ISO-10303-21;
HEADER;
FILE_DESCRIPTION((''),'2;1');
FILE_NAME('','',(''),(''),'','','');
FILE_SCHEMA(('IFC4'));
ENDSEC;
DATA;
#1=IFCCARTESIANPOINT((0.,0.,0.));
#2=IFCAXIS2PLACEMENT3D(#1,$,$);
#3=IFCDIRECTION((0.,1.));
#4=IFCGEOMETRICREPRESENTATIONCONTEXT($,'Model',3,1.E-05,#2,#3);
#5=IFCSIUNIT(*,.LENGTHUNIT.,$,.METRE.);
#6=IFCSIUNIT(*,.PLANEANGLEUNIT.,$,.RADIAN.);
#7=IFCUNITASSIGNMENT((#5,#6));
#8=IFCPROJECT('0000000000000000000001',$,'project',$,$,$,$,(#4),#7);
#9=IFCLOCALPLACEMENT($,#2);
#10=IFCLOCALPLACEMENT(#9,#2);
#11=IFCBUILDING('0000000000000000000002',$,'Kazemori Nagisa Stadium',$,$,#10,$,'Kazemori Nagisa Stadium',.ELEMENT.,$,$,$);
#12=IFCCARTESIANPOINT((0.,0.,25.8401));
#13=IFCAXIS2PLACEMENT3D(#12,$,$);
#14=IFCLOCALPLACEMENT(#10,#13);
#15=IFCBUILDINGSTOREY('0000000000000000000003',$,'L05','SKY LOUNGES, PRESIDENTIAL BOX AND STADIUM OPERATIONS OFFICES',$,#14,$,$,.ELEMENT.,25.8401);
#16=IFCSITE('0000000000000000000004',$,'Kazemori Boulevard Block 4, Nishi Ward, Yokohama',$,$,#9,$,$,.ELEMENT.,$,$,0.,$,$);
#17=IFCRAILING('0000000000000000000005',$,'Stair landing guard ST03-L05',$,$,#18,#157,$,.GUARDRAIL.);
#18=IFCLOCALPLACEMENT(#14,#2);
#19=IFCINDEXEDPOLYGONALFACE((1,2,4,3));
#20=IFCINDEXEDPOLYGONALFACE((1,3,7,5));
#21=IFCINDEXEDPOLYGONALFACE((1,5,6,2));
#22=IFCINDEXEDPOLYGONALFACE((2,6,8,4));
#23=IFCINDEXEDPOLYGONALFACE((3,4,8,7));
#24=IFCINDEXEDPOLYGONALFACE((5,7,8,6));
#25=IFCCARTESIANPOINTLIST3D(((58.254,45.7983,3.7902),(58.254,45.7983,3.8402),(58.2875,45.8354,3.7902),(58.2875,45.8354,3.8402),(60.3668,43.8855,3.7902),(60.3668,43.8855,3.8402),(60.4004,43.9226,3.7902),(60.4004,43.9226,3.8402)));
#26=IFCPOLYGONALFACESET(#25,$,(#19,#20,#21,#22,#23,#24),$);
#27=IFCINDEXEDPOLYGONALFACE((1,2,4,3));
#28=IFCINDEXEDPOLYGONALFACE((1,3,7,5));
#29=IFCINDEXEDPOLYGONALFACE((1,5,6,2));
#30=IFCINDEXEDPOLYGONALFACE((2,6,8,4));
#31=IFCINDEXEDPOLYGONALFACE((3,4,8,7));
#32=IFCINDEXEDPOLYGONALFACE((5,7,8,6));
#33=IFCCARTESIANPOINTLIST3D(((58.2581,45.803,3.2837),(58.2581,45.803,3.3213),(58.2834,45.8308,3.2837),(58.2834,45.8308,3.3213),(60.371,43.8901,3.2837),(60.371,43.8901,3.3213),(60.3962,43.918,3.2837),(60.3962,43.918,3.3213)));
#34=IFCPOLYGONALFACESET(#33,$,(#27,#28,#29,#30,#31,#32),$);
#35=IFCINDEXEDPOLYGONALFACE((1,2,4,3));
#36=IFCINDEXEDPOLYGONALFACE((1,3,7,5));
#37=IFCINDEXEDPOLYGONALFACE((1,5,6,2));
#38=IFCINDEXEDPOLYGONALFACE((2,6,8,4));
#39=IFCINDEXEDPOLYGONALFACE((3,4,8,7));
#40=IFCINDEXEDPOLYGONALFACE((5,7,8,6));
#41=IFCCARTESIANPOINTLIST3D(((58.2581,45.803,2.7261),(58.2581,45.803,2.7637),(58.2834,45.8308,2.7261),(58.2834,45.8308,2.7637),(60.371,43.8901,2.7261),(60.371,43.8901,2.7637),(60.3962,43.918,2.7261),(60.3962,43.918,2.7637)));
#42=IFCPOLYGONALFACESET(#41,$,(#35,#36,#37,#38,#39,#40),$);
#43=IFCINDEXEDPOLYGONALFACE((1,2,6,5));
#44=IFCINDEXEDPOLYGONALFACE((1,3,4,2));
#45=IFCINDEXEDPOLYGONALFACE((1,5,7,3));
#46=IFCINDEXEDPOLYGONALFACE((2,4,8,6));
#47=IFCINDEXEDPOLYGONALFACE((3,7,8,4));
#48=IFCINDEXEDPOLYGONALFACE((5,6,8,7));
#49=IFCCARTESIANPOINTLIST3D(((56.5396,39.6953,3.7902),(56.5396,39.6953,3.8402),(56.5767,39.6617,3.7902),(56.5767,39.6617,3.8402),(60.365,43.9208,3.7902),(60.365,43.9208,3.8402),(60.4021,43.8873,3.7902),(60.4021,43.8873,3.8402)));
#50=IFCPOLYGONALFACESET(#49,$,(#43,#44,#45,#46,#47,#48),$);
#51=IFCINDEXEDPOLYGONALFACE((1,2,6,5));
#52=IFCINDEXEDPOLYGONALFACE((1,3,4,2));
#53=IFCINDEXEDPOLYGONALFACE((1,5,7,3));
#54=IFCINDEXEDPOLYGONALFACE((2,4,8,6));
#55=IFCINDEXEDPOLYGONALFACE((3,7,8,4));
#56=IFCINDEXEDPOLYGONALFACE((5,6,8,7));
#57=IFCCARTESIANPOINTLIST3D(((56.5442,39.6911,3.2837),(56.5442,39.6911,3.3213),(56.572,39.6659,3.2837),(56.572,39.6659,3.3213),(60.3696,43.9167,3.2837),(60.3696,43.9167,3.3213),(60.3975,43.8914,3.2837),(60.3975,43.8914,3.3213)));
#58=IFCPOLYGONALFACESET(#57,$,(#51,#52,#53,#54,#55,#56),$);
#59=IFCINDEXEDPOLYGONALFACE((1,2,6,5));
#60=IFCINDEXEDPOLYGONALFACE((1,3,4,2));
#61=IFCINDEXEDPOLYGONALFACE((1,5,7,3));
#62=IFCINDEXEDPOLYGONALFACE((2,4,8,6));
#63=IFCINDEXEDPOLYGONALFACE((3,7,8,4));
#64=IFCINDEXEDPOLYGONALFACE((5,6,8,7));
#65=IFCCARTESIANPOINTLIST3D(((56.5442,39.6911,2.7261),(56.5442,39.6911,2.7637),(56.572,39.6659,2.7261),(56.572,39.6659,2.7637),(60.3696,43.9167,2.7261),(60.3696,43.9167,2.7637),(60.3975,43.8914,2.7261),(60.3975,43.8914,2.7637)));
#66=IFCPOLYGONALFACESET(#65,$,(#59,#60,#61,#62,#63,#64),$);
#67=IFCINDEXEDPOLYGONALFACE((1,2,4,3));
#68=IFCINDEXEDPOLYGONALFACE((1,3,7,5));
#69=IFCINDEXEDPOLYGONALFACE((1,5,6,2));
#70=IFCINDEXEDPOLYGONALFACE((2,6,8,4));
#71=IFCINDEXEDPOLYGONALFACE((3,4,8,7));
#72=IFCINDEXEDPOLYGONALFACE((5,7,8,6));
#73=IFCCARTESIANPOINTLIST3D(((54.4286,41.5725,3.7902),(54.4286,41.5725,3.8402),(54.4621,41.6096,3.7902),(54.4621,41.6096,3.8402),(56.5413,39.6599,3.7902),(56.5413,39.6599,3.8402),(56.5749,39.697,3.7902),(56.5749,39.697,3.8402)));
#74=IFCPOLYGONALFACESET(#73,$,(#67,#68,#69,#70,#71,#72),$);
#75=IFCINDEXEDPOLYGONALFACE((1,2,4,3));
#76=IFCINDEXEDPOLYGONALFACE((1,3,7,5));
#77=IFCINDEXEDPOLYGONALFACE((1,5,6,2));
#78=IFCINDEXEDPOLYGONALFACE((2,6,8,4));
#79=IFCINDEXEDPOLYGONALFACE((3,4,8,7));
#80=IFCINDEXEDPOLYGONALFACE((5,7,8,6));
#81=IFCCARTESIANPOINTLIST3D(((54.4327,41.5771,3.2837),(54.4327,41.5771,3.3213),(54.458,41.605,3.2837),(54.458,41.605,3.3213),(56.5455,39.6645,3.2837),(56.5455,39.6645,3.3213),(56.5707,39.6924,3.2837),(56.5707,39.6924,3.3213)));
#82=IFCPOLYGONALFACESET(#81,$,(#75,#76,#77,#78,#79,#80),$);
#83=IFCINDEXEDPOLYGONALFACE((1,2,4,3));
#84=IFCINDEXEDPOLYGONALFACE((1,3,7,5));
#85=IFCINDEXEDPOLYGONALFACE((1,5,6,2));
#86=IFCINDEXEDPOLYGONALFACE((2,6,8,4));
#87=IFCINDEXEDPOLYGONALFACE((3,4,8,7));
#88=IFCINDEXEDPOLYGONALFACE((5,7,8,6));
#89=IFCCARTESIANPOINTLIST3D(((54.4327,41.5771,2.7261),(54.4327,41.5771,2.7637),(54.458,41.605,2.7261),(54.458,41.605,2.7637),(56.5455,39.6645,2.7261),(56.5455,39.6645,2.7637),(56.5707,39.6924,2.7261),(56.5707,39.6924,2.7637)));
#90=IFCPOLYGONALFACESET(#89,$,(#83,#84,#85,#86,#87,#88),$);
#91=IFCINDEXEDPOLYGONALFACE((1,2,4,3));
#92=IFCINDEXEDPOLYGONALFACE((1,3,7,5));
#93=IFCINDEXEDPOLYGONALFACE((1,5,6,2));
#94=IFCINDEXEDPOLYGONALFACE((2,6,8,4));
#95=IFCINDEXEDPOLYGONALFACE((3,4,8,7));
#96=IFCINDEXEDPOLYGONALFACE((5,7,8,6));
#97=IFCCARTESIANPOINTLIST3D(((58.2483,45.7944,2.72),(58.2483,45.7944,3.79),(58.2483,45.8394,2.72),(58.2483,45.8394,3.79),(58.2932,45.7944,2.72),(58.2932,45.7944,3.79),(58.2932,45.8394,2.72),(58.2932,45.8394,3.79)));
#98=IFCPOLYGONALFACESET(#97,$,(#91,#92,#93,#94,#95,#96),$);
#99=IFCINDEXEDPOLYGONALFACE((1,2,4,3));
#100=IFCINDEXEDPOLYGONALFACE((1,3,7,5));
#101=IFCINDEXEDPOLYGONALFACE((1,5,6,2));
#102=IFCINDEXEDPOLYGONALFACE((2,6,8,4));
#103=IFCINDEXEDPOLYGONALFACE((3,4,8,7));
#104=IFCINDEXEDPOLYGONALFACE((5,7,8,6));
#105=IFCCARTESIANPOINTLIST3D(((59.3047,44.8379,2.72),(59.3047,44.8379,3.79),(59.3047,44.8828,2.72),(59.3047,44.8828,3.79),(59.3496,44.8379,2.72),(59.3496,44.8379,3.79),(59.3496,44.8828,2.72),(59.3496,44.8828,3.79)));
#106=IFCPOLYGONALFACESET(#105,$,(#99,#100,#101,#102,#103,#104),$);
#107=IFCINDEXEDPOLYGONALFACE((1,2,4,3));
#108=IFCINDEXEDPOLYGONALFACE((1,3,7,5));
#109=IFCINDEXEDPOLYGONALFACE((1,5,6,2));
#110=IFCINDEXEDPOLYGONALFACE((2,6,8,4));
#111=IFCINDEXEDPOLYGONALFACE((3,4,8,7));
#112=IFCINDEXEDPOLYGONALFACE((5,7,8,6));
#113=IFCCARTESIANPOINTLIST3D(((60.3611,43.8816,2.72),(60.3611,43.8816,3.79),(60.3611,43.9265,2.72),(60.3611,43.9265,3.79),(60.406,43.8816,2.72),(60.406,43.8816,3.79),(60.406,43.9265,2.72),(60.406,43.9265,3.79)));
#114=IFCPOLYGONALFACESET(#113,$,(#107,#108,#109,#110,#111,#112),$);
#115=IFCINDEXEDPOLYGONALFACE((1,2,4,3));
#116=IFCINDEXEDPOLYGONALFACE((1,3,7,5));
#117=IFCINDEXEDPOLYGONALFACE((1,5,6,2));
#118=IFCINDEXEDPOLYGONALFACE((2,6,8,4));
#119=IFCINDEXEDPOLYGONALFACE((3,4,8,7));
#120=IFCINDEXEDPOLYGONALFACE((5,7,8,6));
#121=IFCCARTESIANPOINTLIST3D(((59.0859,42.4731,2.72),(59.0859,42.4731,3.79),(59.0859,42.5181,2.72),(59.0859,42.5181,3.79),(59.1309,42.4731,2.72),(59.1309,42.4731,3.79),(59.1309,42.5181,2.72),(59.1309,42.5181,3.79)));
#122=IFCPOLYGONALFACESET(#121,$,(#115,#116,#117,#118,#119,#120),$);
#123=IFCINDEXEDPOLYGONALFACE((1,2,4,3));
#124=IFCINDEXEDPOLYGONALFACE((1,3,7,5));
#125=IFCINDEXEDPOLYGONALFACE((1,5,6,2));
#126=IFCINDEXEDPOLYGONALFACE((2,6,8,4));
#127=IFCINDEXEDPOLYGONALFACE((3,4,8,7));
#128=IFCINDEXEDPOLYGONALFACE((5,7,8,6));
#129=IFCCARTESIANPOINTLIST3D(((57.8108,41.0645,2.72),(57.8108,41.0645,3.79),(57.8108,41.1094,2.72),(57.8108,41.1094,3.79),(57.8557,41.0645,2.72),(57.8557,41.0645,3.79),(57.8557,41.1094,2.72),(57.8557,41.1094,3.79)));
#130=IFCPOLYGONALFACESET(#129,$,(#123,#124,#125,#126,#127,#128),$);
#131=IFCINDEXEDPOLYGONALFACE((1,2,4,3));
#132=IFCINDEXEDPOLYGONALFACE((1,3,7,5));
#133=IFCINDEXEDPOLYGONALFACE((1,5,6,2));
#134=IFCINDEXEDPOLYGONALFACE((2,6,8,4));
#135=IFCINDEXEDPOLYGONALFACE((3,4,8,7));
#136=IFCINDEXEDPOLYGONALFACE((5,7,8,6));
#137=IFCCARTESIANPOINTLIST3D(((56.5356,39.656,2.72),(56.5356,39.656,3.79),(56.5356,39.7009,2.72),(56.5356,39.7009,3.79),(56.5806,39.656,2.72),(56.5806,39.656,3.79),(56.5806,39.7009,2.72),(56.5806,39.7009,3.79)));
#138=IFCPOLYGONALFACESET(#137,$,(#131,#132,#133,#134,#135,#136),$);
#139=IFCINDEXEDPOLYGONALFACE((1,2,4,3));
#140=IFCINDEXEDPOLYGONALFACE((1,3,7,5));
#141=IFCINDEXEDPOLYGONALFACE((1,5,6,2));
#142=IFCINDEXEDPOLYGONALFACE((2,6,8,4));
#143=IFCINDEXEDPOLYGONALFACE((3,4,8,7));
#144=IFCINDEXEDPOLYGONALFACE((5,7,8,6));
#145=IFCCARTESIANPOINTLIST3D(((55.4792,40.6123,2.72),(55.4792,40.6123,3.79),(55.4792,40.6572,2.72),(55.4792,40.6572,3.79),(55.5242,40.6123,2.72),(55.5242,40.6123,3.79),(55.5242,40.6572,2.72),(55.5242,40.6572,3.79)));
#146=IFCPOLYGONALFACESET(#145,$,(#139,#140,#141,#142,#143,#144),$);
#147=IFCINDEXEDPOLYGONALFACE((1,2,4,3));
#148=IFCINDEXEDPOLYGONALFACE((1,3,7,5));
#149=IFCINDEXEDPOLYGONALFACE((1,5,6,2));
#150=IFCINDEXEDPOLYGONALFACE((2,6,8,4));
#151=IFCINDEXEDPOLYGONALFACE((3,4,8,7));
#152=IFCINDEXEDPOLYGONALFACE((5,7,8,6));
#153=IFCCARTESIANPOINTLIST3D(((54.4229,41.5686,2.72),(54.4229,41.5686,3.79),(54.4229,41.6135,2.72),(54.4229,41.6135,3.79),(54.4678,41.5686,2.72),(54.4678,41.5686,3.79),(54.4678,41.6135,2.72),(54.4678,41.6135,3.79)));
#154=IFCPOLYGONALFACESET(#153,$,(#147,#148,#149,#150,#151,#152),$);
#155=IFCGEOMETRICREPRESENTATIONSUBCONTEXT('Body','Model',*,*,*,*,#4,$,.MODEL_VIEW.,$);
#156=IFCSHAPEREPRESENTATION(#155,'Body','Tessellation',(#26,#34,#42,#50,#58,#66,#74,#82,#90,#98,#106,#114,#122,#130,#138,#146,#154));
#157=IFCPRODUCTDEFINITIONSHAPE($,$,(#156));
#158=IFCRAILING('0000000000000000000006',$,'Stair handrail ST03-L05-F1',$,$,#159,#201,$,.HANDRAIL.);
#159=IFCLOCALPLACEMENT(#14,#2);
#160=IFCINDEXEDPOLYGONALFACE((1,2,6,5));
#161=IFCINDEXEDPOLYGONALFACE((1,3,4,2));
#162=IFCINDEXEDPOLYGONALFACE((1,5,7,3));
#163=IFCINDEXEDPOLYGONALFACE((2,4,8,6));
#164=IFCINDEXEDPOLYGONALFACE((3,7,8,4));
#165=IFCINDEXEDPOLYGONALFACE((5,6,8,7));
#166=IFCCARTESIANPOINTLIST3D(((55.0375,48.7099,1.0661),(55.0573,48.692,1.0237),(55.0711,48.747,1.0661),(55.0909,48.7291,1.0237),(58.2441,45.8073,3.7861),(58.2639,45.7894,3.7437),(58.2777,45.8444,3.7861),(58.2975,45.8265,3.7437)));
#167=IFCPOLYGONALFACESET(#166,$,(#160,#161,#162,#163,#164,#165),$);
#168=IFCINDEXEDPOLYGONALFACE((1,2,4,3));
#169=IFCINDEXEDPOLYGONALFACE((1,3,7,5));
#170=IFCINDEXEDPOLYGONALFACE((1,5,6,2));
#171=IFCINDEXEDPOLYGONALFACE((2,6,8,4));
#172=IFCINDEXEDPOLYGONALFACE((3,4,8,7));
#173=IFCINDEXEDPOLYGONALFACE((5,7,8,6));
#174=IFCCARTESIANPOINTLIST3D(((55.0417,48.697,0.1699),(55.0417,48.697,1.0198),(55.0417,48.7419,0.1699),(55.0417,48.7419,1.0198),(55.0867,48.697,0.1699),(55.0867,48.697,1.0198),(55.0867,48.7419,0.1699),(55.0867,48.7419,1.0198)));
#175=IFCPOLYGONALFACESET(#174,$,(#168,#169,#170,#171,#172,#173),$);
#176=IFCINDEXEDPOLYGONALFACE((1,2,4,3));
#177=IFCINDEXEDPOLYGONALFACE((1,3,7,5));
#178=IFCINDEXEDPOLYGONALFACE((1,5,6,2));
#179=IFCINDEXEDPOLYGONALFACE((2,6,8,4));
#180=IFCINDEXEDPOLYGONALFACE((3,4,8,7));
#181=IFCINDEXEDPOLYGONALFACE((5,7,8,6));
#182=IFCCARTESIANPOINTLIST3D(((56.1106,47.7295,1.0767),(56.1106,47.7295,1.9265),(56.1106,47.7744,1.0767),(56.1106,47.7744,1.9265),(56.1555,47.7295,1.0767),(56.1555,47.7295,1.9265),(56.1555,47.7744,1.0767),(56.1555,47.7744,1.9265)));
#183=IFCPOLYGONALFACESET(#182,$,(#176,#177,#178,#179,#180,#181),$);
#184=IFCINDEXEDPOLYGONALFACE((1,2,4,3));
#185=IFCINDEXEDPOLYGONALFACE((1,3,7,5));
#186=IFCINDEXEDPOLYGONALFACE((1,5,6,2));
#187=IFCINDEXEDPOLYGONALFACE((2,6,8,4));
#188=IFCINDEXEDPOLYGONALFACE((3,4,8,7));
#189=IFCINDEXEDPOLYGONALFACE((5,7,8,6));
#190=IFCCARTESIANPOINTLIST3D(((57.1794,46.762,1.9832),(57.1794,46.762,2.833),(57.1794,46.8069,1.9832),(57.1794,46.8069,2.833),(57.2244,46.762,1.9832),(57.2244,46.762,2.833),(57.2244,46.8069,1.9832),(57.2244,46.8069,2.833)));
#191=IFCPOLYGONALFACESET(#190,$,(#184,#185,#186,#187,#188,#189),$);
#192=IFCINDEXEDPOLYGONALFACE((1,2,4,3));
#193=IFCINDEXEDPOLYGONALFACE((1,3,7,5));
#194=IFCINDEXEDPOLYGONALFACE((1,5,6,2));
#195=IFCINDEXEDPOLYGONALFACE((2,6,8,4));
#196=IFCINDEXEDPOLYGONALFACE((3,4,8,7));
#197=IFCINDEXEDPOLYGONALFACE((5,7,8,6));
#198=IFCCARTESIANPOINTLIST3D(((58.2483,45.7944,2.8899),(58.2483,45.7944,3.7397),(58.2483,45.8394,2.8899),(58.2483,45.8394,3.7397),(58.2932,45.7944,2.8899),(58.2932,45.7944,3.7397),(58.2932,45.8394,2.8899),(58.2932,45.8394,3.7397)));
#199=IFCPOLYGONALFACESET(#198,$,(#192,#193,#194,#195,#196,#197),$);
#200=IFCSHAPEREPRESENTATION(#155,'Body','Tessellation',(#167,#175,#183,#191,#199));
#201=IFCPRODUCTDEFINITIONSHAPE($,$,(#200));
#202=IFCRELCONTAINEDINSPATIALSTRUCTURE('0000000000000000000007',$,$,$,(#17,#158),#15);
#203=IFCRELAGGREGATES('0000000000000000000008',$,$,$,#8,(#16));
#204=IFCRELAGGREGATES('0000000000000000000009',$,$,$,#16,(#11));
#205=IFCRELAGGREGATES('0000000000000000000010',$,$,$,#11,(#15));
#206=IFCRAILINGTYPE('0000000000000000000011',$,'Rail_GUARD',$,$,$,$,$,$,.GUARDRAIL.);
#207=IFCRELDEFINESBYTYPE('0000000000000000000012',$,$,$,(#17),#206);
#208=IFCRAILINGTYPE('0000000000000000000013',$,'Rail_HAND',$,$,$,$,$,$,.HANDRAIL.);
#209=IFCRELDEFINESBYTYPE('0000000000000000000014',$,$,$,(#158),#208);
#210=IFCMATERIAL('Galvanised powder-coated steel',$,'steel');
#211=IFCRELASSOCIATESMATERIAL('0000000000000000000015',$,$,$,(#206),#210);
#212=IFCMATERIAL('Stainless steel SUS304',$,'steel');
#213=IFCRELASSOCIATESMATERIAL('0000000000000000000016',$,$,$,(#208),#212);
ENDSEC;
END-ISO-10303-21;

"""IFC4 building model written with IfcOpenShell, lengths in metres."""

from ifc_helpers import new_model, si_unit, direction, frame, origin, origin_2d, place, context, subcontext, project, spatial, rectangle, extrude, material, type_object, element, save


model = new_model("IFC4")

# Units and contexts
model_context = context("Model", 3, precision=1e-05, world=origin(), true_north=direction((0.0, 1.0)))
body_context = subcontext(model_context, "Body", "Model", "MODEL_VIEW")
ifc_project = project(units=[si_unit("LENGTHUNIT", "METRE"), si_unit("PLANEANGLEUNIT", "RADIAN")], contexts=[model_context])

# Site, building, storey
site_placement = place(None, origin())
site = spatial("IfcSite", under=ifc_project, at=site_placement, Name="Kazemori Boulevard Block 4, Nishi Ward, Yokohama", CompositionType="ELEMENT", RefElevation=0.0)
building_placement = place(site_placement, origin())
building = spatial("IfcBuilding", under=site, at=building_placement, Name="Kazemori Nagisa Stadium", LongName="Kazemori Nagisa Stadium", CompositionType="ELEMENT")
storey_placement = place(building_placement, frame((0.0, 0.0, 25.8401)))
storey = spatial("IfcBuildingStorey", under=building, at=storey_placement, Name="L05", Description="SKY LOUNGES, PRESIDENTIAL BOX AND STADIUM OPERATIONS OFFICES", CompositionType="ELEMENT", Elevation=25.8401)

# Railings
ifc_material_1 = material(Name="Galvanised powder-coated steel", Category="steel")
railing_type_1 = type_object("IfcRailingType", Name="Rail_GUARD", PredefinedType="GUARDRAIL", material=ifc_material_1)
railing_1_placement = place(storey_placement, frame((58.2708, 45.8169, 2.72)))
element("IfcRailing", 1, at=railing_1_placement, inside=storey, type_object=railing_type_1, Name="Stair landing guard ST03-L05", PredefinedType="GUARDRAIL", context=body_context, shape_type="SweptSolid", body=[
    extrude(rectangle(XDim=0.05, YDim=0.05, at=origin_2d()), frame((0.0, 0.0, 1.0952), z_axis=(0.741315, -0.671158, 0.0), x_axis=(0.671158, 0.741315, 0.0)), (0.0, 0.0, 1.0), 2.8501),
    extrude(rectangle(XDim=0.0376, YDim=0.0376, at=origin_2d()), frame((0.0, 0.0, 0.5825), z_axis=(0.741315, -0.671158, 0.0), x_axis=(0.671158, 0.741315, 0.0)), (0.0, 0.0, 1.0), 2.8501),
    extrude(rectangle(XDim=0.0376, YDim=0.0376, at=origin_2d()), frame((0.0, 0.0, 0.0249), z_axis=(0.741315, -0.671158, 0.0), x_axis=(0.671158, 0.741315, 0.0)), (0.0, 0.0, 1.0), 2.8501),
    extrude(rectangle(XDim=0.05, YDim=0.05, at=origin_2d()), frame((2.1128, -1.9128, 1.0952), z_axis=(-0.671134, -0.741336, 0.0), x_axis=(0.741336, -0.671134, 0.0)), (0.0, 0.0, 1.0), 5.7),
    extrude(rectangle(XDim=0.0376, YDim=0.0376, at=origin_2d()), frame((2.1128, -1.9128, 0.5825), z_axis=(-0.671134, -0.741336, 0.0), x_axis=(0.741336, -0.671134, 0.0)), (0.0, 0.0, 1.0), 5.7),
    extrude(rectangle(XDim=0.0376, YDim=0.0376, at=origin_2d()), frame((2.1128, -1.9128, 0.0249), z_axis=(-0.671134, -0.741336, 0.0), x_axis=(0.741336, -0.671134, 0.0)), (0.0, 0.0, 1.0), 5.7),
    extrude(rectangle(XDim=0.05, YDim=0.05, at=origin_2d()), frame((-1.7126, -6.1384, 1.0952), z_axis=(-0.741357, 0.671111, 0.0), x_axis=(-0.671111, -0.741357, 0.0)), (0.0, 0.0, 1.0), 2.8499),
    extrude(rectangle(XDim=0.0376, YDim=0.0376, at=origin_2d()), frame((-1.7126, -6.1384, 0.5825), z_axis=(-0.741357, 0.671111, 0.0), x_axis=(-0.671111, -0.741357, 0.0)), (0.0, 0.0, 1.0), 2.8499),
    extrude(rectangle(XDim=0.0376, YDim=0.0376, at=origin_2d()), frame((-1.7126, -6.1384, 0.0249), z_axis=(-0.741357, 0.671111, 0.0), x_axis=(-0.671111, -0.741357, 0.0)), (0.0, 0.0, 1.0), 2.8499),
    extrude(rectangle(XDim=0.0449, YDim=0.0449, at=origin_2d()), origin(), (0.0, 0.0, 1.0), 1.0701),
    extrude(rectangle(XDim=0.0449, YDim=0.0449, at=origin_2d()), frame((1.0564, -0.9565, 0.0)), (0.0, 0.0, 1.0), 1.0701),
    extrude(rectangle(XDim=0.0449, YDim=0.0449, at=origin_2d()), frame((2.1128, -1.9128, 0.0)), (0.0, 0.0, 1.0), 1.0701),
    extrude(rectangle(XDim=0.0449, YDim=0.0449, at=origin_2d()), frame((0.8376, -3.3213, 0.0)), (0.0, 0.0, 1.0), 1.0701),
    extrude(rectangle(XDim=0.0449, YDim=0.0449, at=origin_2d()), frame((-0.4375, -4.73, 0.0)), (0.0, 0.0, 1.0), 1.0701),
    extrude(rectangle(XDim=0.0449, YDim=0.0449, at=origin_2d()), frame((-1.7126, -6.1384, 0.0)), (0.0, 0.0, 1.0), 1.0701),
    extrude(rectangle(XDim=0.0449, YDim=0.0449, at=origin_2d()), frame((-2.769, -5.1821, 0.0)), (0.0, 0.0, 1.0), 1.0701),
    extrude(rectangle(XDim=0.0449, YDim=0.0449, at=origin_2d()), frame((-3.8254, -4.2258, 0.0)), (0.0, 0.0, 1.0), 1.0701),
])
ifc_material_2 = material(Name="Stainless steel SUS304", Category="steel")
railing_type_2 = type_object("IfcRailingType", Name="Rail_HAND", PredefinedType="HANDRAIL", material=ifc_material_2)
railing_2_placement = place(storey_placement, frame((55.0642, 48.7195, 0.1699)))
element("IfcRailing", 2, at=railing_2_placement, inside=storey, type_object=railing_type_2, Name="Stair handrail ST03-L05-F1", PredefinedType="HANDRAIL", context=body_context, shape_type="SweptSolid", body=[
    extrude(rectangle(XDim=0.05, YDim=0.05, at=origin_2d()), frame((0.0, 0.0, 0.875), z_axis=(0.627587, -0.568096, 0.532354), x_axis=(0.671095, 0.741371, 0.0)), (0.0, 0.0, 1.0), 5.1094),
    extrude(rectangle(XDim=0.0449, YDim=0.0449, at=origin_2d()), origin(), (0.0, 0.0, 1.0), 0.8499),
    extrude(rectangle(XDim=0.0449, YDim=0.0449, at=origin_2d()), frame((1.0688, -0.9675, 0.9067)), (0.0, 0.0, 1.0), 0.8499),
    extrude(rectangle(XDim=0.0449, YDim=0.0449, at=origin_2d()), frame((2.1377, -1.9351, 1.8132)), (0.0, 0.0, 1.0), 0.8499),
    extrude(rectangle(XDim=0.0449, YDim=0.0449, at=origin_2d()), frame((3.2065, -2.9026, 2.72)), (0.0, 0.0, 1.0), 0.8499),
])

save(model, "model.ifc")
